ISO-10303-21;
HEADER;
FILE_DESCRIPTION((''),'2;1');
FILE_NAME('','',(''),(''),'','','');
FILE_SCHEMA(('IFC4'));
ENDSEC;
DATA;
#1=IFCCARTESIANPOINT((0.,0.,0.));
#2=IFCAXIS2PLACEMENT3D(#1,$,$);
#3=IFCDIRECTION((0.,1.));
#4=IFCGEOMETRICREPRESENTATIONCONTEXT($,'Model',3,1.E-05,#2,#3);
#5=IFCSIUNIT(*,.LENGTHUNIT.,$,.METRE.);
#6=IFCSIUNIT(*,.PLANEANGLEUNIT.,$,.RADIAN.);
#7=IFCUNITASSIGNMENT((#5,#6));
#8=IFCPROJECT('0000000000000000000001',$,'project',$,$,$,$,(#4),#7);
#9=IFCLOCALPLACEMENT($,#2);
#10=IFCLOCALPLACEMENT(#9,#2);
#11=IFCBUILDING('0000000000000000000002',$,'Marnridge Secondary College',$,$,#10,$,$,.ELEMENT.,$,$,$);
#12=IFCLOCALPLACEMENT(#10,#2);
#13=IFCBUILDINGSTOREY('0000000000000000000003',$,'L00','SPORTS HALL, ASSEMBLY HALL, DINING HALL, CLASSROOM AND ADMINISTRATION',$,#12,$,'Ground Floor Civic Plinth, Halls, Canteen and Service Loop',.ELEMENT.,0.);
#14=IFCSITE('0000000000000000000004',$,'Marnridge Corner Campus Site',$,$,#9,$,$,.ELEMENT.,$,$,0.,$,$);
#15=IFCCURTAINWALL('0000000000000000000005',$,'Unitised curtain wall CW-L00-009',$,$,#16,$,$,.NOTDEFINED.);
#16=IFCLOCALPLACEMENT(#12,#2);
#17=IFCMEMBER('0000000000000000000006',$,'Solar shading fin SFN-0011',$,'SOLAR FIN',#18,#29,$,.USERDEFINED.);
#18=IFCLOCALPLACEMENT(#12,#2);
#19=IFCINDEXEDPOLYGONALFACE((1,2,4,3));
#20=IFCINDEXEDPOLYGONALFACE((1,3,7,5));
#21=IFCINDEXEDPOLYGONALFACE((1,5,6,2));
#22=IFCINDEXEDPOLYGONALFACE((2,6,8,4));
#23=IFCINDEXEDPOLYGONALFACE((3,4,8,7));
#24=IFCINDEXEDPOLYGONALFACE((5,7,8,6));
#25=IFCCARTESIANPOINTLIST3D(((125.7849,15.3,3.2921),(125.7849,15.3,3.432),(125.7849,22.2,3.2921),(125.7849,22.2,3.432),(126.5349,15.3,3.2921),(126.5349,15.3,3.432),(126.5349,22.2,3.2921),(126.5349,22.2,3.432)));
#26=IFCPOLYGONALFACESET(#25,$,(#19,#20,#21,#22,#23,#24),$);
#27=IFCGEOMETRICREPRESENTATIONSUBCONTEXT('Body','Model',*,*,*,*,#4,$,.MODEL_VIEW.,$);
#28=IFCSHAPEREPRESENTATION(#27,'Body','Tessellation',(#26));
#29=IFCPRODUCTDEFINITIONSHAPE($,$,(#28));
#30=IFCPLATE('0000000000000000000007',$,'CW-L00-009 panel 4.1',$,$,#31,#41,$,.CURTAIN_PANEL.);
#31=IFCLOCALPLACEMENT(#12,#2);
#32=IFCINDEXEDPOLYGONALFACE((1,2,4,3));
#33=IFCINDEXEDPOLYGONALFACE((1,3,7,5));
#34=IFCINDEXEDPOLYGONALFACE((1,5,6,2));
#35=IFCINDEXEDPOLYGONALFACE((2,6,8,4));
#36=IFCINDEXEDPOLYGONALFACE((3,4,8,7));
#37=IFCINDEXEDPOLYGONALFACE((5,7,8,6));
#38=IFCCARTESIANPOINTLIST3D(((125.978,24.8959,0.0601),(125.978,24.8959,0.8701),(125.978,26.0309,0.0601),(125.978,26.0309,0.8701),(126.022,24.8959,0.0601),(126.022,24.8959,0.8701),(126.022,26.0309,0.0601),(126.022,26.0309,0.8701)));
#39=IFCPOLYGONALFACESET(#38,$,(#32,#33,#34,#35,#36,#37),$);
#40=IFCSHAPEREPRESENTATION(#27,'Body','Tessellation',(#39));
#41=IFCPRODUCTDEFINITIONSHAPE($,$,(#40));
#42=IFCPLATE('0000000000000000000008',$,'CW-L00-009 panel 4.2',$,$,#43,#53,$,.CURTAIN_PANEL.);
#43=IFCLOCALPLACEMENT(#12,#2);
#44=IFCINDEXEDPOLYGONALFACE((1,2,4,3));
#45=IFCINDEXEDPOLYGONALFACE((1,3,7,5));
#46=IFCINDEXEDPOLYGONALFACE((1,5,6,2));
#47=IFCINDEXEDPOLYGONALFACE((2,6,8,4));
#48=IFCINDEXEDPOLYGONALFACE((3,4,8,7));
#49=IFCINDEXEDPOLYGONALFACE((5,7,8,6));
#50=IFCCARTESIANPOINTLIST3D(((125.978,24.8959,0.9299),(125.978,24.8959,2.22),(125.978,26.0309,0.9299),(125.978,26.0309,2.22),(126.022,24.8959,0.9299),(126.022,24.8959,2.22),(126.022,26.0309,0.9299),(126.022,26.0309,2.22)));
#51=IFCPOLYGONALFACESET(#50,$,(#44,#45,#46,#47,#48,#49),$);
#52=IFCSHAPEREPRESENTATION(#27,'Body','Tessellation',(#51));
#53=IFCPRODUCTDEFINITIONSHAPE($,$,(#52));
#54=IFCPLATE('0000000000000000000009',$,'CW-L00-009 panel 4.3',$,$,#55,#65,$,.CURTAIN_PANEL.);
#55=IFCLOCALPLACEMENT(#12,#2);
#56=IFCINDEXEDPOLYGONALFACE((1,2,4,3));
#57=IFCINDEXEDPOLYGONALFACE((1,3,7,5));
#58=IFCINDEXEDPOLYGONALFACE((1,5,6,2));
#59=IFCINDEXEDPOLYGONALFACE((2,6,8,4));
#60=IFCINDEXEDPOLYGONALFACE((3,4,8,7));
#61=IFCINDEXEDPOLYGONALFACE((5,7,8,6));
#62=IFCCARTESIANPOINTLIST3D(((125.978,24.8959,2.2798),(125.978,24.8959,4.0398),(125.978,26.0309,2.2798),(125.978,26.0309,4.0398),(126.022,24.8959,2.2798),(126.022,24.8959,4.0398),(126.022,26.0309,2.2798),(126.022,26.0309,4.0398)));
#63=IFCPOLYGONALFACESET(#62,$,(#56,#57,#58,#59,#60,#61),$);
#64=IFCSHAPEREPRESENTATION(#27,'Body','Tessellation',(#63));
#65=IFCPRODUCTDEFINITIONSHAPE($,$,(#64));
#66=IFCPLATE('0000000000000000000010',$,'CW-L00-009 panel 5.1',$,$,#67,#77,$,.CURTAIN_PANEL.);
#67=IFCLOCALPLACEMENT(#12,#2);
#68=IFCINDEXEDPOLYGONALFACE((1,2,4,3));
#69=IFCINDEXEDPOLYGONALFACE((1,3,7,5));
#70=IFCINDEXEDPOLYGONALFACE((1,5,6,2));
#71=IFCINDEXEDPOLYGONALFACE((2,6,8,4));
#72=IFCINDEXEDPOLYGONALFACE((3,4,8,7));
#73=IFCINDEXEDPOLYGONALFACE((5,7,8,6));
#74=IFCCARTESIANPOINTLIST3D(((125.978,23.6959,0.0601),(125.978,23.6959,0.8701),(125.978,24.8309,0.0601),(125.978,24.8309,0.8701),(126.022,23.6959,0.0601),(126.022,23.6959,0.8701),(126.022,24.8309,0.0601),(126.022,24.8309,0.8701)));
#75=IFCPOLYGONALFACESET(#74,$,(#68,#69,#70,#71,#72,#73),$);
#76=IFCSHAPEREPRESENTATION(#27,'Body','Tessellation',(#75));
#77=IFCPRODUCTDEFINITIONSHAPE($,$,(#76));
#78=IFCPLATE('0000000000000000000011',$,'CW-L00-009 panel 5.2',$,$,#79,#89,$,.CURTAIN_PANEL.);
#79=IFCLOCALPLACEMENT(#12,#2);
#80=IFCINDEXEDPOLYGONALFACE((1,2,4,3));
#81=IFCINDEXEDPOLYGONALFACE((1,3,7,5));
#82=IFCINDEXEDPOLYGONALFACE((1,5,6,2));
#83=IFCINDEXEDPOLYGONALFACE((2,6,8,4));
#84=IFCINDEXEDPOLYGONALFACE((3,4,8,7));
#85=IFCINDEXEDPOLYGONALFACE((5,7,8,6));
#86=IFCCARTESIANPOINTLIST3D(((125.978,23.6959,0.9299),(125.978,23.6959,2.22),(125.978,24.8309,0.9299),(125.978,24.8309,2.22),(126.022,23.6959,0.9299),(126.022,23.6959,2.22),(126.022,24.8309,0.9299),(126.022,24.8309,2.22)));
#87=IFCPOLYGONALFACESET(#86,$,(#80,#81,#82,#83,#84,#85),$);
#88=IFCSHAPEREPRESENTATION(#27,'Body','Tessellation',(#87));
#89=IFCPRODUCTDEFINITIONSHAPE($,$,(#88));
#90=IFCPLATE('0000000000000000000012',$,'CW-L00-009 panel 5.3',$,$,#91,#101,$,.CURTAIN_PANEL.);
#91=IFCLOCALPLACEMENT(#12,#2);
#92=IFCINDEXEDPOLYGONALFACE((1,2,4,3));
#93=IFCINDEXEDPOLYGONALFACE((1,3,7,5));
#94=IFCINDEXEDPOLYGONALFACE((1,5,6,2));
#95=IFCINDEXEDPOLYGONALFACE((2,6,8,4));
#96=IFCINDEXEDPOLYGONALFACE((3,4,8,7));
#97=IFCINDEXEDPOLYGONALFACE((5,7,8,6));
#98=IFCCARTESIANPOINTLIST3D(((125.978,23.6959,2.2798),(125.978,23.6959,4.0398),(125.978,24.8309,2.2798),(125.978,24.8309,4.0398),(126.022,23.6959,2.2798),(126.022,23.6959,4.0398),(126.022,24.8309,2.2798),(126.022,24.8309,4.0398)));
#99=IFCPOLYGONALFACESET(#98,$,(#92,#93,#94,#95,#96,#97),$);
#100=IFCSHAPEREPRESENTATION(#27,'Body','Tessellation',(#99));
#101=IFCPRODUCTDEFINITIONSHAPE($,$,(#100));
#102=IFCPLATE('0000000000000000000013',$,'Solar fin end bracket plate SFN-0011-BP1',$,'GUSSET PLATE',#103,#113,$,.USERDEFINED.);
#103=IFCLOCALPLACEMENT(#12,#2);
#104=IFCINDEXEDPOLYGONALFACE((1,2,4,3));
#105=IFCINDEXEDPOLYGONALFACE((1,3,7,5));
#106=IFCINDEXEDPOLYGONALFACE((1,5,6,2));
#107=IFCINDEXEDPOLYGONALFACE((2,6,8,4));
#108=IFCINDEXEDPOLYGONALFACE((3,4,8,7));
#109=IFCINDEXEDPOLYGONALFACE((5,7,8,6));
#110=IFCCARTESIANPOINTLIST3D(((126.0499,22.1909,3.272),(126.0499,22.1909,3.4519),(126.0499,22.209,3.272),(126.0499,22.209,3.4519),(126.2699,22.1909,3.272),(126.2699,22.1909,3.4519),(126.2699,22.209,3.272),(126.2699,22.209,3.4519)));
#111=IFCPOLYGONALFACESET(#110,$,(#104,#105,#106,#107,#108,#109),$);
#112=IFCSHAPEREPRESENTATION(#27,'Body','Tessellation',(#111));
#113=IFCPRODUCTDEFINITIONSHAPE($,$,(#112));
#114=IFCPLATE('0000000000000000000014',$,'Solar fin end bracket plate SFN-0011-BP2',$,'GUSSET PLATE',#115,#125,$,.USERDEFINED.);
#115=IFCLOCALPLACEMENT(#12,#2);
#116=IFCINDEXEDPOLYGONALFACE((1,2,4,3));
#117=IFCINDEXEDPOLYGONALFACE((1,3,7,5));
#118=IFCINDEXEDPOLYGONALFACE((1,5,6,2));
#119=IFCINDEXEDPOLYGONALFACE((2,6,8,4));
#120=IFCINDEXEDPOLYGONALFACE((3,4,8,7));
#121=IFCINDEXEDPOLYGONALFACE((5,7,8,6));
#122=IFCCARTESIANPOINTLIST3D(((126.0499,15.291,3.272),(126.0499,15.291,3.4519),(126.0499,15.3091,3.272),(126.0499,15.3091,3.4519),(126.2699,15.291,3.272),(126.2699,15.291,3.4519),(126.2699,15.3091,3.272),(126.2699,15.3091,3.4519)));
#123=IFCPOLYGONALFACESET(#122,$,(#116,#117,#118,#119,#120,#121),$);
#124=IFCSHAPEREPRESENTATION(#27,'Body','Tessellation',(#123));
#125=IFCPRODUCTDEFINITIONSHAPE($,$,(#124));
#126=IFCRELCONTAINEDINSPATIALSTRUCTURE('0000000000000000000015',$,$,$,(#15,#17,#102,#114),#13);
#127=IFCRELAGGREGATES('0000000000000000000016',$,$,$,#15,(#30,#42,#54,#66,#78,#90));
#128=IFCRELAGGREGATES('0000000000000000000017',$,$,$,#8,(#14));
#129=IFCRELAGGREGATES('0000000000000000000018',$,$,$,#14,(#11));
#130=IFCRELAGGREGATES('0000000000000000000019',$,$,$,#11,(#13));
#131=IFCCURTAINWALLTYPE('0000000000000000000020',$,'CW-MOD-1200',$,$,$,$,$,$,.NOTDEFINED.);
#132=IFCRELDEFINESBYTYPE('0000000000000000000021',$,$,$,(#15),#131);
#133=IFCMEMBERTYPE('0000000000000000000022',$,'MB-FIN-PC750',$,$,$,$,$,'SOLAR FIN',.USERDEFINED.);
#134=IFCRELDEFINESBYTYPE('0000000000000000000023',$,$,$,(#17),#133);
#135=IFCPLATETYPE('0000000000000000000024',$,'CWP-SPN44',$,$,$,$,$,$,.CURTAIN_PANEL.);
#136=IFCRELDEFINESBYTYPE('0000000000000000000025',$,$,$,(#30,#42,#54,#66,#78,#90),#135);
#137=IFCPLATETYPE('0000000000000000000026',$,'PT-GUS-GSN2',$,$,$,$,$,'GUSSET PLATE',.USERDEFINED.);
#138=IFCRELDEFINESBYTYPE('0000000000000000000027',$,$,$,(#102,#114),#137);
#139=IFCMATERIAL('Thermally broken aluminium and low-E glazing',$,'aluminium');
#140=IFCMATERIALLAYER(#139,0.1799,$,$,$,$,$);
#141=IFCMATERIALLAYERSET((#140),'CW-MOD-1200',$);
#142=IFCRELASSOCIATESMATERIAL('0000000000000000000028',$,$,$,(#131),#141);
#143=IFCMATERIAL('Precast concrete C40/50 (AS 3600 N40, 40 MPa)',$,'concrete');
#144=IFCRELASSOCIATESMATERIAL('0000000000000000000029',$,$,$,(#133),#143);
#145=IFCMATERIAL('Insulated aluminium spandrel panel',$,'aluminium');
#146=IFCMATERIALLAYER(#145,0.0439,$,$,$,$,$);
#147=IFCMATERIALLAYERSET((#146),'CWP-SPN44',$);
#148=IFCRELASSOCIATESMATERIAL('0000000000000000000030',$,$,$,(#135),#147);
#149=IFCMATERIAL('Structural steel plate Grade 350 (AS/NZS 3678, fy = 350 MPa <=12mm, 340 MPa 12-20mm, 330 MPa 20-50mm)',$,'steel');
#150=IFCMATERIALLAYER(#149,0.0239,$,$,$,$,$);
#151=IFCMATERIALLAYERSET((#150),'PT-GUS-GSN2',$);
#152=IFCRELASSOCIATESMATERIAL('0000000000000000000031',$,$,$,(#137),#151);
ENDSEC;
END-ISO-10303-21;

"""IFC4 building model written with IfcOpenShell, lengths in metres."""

from ifc_helpers import new_model, si_unit, direction, frame, origin, origin_2d, place, context, subcontext, project, spatial, rectangle, extrude, material, layer, layer_set, material_profile, profile_set, type_object, element, aggregate, save


model = new_model("IFC4")

# Units and contexts
model_context = context("Model", 3, precision=1e-05, world=origin(), true_north=direction((0.0, 1.0)))
body_context = subcontext(model_context, "Body", "Model", "MODEL_VIEW")
ifc_project = project(units=[si_unit("LENGTHUNIT", "METRE"), si_unit("PLANEANGLEUNIT", "RADIAN")], contexts=[model_context])

# Site, building, storey
site_placement = place(None, origin())
site = spatial("IfcSite", under=ifc_project, at=site_placement, Name="Marnridge Corner Campus Site", CompositionType="ELEMENT", RefElevation=0.0)
building_placement = place(site_placement, origin())
building = spatial("IfcBuilding", under=site, at=building_placement, Name="Marnridge Secondary College", CompositionType="ELEMENT")
storey_placement = place(building_placement, origin())
storey = spatial("IfcBuildingStorey", under=building, at=storey_placement, Name="L00", Description="SPORTS HALL, ASSEMBLY HALL, DINING HALL, CLASSROOM AND ADMINISTRATION", LongName="Ground Floor Civic Plinth, Halls, Canteen and Service Loop", CompositionType="ELEMENT", Elevation=0.0)

# Curtain wall
ifc_material_1 = material(Name="Thermally broken aluminium and low-E glazing", Category="aluminium")
ifc_layer_1 = layer(ifc_material_1, 0.1799)
ifc_layer_set_1 = layer_set([ifc_layer_1], Name="CW-MOD-1200")
curtain_wall_type = type_object("IfcCurtainWallType", Name="CW-MOD-1200", PredefinedType="NOTDEFINED", material=ifc_layer_set_1)
curtain_wall_placement = place(storey_placement, origin())
curtain_wall = element("IfcCurtainWall", 1, at=curtain_wall_placement, inside=storey, type_object=curtain_wall_type, Name="Unitised curtain wall CW-L00-009", PredefinedType="NOTDEFINED")

# Member
ifc_material_2 = material(Name="Precast concrete C40/50 (AS 3600 N40, 40 MPa)", Category="concrete")
ifc_material_profile_1 = material_profile(ifc_material_2, rectangle(XDim=0.1399, YDim=0.75, at=origin_2d()), Name="FIN PC 140x750")
ifc_profile_set_1 = profile_set([ifc_material_profile_1], Name="Precast concrete C40/50 (AS 3600 N40, 40 MPa)")
member_type_1 = type_object("IfcMemberType", Name="MB-FIN-PC750", ElementType="SOLAR FIN", PredefinedType="USERDEFINED", material=ifc_profile_set_1)
member_1_placement = place(storey_placement, frame((126.1599, 22.2, 3.3621), z_axis=(0.0, -1.0, 0.0), x_axis=(0.0, 0.0, 1.0)))
element("IfcMember", 2, at=member_1_placement, inside=storey, type_object=member_type_1, Name="Solar shading fin SFN-0011", ObjectType="SOLAR FIN", PredefinedType="USERDEFINED", context=body_context, shape_type="SweptSolid", body=[
    extrude(rectangle(XDim=0.1399, YDim=0.75, at=origin_2d()), origin(), (0.0, 0.0, 1.0), 6.8999),
])

# Plates
ifc_material_3 = material(Name="Insulated aluminium spandrel panel", Category="aluminium")
ifc_layer_2 = layer(ifc_material_3, 0.0439)
ifc_layer_set_2 = layer_set([ifc_layer_2], Name="CWP-SPN44")
plate_type_1 = type_object("IfcPlateType", Name="CWP-SPN44", PredefinedType="CURTAIN_PANEL", material=ifc_layer_set_2)
plate_1_placement = place(storey_placement, frame((126.0, 25.4634, 0.0601), z_axis=(0.0, 0.0, 1.0), x_axis=(0.0, -1.0, 0.0)))
plate_1 = element("IfcPlate", 3, at=plate_1_placement, type_object=plate_type_1, Name="CW-L00-009 panel 4.1", PredefinedType="CURTAIN_PANEL", context=body_context, shape_type="SweptSolid", body=[
    extrude(rectangle(XDim=1.135, YDim=0.0439, at=origin_2d()), origin(), (0.0, 0.0, 1.0), 0.8101),
])
plate_2_placement = place(storey_placement, frame((126.0, 25.4634, 0.9299), z_axis=(0.0, 0.0, 1.0), x_axis=(0.0, -1.0, 0.0)))
plate_2 = element("IfcPlate", 4, at=plate_2_placement, type_object=plate_type_1, Name="CW-L00-009 panel 4.2", PredefinedType="CURTAIN_PANEL", context=body_context, shape_type="SweptSolid", body=[
    extrude(rectangle(XDim=1.135, YDim=0.0439, at=origin_2d()), origin(), (0.0, 0.0, 1.0), 1.29),
])
plate_3_placement = place(storey_placement, frame((126.0, 25.4634, 2.2798), z_axis=(0.0, 0.0, 1.0), x_axis=(0.0, -1.0, 0.0)))
plate_3 = element("IfcPlate", 5, at=plate_3_placement, type_object=plate_type_1, Name="CW-L00-009 panel 4.3", PredefinedType="CURTAIN_PANEL", context=body_context, shape_type="SweptSolid", body=[
    extrude(rectangle(XDim=1.135, YDim=0.0439, at=origin_2d()), origin(), (0.0, 0.0, 1.0), 1.76),
])
plate_4_placement = place(storey_placement, frame((126.0, 24.2634, 0.0601), z_axis=(0.0, 0.0, 1.0), x_axis=(0.0, -1.0, 0.0)))
plate_4 = element("IfcPlate", 6, at=plate_4_placement, type_object=plate_type_1, Name="CW-L00-009 panel 5.1", PredefinedType="CURTAIN_PANEL", context=body_context, shape_type="SweptSolid", body=[
    extrude(rectangle(XDim=1.135, YDim=0.0439, at=origin_2d()), origin(), (0.0, 0.0, 1.0), 0.8101),
])
plate_5_placement = place(storey_placement, frame((126.0, 24.2634, 0.9299), z_axis=(0.0, 0.0, 1.0), x_axis=(0.0, -1.0, 0.0)))
plate_5 = element("IfcPlate", 7, at=plate_5_placement, type_object=plate_type_1, Name="CW-L00-009 panel 5.2", PredefinedType="CURTAIN_PANEL", context=body_context, shape_type="SweptSolid", body=[
    extrude(rectangle(XDim=1.135, YDim=0.0439, at=origin_2d()), origin(), (0.0, 0.0, 1.0), 1.29),
])
plate_6_placement = place(storey_placement, frame((126.0, 24.2634, 2.2798), z_axis=(0.0, 0.0, 1.0), x_axis=(0.0, -1.0, 0.0)))
plate_6 = element("IfcPlate", 8, at=plate_6_placement, type_object=plate_type_1, Name="CW-L00-009 panel 5.3", PredefinedType="CURTAIN_PANEL", context=body_context, shape_type="SweptSolid", body=[
    extrude(rectangle(XDim=1.135, YDim=0.0439, at=origin_2d()), origin(), (0.0, 0.0, 1.0), 1.76),
])
aggregate(curtain_wall, [plate_1, plate_2, plate_3, plate_4, plate_5, plate_6])

# Plates
ifc_material_4 = material(Name="Structural steel plate Grade 350 (AS/NZS 3678, fy = 350 MPa <=12mm, 340 MPa 12-20mm, 330 MPa 20-50mm)", Category="steel")
ifc_layer_3 = layer(ifc_material_4, 0.0239)
ifc_layer_set_3 = layer_set([ifc_layer_3], Name="PT-GUS-GSN2")
plate_type_2 = type_object("IfcPlateType", Name="PT-GUS-GSN2", ElementType="GUSSET PLATE", PredefinedType="USERDEFINED", material=ifc_layer_set_3)
for number, where, z_axis, x_axis, name in (
    (9, (126.1599, 22.2, 3.272), (0.0, 0.0, 1.0), (1.0, 0.0, 0.0), "Solar fin end bracket plate SFN-0011-BP1"),
    (10, (126.1599, 15.3, 3.272), (0.0, 0.0, 1.0), (1.0, 0.0, 0.0), "Solar fin end bracket plate SFN-0011-BP2"),
):
    element("IfcPlate", number, at=place(storey_placement, frame(where, z_axis=z_axis, x_axis=x_axis)), inside=storey, type_object=plate_type_2, Name=name, ObjectType="GUSSET PLATE", PredefinedType="USERDEFINED", context=body_context, shape_type="SweptSolid", body=[
        extrude(rectangle(XDim=0.22, YDim=0.0181, at=origin_2d()), origin(), (0.0, 0.0, 1.0), 0.1799),
    ])

save(model, "model.ifc")
